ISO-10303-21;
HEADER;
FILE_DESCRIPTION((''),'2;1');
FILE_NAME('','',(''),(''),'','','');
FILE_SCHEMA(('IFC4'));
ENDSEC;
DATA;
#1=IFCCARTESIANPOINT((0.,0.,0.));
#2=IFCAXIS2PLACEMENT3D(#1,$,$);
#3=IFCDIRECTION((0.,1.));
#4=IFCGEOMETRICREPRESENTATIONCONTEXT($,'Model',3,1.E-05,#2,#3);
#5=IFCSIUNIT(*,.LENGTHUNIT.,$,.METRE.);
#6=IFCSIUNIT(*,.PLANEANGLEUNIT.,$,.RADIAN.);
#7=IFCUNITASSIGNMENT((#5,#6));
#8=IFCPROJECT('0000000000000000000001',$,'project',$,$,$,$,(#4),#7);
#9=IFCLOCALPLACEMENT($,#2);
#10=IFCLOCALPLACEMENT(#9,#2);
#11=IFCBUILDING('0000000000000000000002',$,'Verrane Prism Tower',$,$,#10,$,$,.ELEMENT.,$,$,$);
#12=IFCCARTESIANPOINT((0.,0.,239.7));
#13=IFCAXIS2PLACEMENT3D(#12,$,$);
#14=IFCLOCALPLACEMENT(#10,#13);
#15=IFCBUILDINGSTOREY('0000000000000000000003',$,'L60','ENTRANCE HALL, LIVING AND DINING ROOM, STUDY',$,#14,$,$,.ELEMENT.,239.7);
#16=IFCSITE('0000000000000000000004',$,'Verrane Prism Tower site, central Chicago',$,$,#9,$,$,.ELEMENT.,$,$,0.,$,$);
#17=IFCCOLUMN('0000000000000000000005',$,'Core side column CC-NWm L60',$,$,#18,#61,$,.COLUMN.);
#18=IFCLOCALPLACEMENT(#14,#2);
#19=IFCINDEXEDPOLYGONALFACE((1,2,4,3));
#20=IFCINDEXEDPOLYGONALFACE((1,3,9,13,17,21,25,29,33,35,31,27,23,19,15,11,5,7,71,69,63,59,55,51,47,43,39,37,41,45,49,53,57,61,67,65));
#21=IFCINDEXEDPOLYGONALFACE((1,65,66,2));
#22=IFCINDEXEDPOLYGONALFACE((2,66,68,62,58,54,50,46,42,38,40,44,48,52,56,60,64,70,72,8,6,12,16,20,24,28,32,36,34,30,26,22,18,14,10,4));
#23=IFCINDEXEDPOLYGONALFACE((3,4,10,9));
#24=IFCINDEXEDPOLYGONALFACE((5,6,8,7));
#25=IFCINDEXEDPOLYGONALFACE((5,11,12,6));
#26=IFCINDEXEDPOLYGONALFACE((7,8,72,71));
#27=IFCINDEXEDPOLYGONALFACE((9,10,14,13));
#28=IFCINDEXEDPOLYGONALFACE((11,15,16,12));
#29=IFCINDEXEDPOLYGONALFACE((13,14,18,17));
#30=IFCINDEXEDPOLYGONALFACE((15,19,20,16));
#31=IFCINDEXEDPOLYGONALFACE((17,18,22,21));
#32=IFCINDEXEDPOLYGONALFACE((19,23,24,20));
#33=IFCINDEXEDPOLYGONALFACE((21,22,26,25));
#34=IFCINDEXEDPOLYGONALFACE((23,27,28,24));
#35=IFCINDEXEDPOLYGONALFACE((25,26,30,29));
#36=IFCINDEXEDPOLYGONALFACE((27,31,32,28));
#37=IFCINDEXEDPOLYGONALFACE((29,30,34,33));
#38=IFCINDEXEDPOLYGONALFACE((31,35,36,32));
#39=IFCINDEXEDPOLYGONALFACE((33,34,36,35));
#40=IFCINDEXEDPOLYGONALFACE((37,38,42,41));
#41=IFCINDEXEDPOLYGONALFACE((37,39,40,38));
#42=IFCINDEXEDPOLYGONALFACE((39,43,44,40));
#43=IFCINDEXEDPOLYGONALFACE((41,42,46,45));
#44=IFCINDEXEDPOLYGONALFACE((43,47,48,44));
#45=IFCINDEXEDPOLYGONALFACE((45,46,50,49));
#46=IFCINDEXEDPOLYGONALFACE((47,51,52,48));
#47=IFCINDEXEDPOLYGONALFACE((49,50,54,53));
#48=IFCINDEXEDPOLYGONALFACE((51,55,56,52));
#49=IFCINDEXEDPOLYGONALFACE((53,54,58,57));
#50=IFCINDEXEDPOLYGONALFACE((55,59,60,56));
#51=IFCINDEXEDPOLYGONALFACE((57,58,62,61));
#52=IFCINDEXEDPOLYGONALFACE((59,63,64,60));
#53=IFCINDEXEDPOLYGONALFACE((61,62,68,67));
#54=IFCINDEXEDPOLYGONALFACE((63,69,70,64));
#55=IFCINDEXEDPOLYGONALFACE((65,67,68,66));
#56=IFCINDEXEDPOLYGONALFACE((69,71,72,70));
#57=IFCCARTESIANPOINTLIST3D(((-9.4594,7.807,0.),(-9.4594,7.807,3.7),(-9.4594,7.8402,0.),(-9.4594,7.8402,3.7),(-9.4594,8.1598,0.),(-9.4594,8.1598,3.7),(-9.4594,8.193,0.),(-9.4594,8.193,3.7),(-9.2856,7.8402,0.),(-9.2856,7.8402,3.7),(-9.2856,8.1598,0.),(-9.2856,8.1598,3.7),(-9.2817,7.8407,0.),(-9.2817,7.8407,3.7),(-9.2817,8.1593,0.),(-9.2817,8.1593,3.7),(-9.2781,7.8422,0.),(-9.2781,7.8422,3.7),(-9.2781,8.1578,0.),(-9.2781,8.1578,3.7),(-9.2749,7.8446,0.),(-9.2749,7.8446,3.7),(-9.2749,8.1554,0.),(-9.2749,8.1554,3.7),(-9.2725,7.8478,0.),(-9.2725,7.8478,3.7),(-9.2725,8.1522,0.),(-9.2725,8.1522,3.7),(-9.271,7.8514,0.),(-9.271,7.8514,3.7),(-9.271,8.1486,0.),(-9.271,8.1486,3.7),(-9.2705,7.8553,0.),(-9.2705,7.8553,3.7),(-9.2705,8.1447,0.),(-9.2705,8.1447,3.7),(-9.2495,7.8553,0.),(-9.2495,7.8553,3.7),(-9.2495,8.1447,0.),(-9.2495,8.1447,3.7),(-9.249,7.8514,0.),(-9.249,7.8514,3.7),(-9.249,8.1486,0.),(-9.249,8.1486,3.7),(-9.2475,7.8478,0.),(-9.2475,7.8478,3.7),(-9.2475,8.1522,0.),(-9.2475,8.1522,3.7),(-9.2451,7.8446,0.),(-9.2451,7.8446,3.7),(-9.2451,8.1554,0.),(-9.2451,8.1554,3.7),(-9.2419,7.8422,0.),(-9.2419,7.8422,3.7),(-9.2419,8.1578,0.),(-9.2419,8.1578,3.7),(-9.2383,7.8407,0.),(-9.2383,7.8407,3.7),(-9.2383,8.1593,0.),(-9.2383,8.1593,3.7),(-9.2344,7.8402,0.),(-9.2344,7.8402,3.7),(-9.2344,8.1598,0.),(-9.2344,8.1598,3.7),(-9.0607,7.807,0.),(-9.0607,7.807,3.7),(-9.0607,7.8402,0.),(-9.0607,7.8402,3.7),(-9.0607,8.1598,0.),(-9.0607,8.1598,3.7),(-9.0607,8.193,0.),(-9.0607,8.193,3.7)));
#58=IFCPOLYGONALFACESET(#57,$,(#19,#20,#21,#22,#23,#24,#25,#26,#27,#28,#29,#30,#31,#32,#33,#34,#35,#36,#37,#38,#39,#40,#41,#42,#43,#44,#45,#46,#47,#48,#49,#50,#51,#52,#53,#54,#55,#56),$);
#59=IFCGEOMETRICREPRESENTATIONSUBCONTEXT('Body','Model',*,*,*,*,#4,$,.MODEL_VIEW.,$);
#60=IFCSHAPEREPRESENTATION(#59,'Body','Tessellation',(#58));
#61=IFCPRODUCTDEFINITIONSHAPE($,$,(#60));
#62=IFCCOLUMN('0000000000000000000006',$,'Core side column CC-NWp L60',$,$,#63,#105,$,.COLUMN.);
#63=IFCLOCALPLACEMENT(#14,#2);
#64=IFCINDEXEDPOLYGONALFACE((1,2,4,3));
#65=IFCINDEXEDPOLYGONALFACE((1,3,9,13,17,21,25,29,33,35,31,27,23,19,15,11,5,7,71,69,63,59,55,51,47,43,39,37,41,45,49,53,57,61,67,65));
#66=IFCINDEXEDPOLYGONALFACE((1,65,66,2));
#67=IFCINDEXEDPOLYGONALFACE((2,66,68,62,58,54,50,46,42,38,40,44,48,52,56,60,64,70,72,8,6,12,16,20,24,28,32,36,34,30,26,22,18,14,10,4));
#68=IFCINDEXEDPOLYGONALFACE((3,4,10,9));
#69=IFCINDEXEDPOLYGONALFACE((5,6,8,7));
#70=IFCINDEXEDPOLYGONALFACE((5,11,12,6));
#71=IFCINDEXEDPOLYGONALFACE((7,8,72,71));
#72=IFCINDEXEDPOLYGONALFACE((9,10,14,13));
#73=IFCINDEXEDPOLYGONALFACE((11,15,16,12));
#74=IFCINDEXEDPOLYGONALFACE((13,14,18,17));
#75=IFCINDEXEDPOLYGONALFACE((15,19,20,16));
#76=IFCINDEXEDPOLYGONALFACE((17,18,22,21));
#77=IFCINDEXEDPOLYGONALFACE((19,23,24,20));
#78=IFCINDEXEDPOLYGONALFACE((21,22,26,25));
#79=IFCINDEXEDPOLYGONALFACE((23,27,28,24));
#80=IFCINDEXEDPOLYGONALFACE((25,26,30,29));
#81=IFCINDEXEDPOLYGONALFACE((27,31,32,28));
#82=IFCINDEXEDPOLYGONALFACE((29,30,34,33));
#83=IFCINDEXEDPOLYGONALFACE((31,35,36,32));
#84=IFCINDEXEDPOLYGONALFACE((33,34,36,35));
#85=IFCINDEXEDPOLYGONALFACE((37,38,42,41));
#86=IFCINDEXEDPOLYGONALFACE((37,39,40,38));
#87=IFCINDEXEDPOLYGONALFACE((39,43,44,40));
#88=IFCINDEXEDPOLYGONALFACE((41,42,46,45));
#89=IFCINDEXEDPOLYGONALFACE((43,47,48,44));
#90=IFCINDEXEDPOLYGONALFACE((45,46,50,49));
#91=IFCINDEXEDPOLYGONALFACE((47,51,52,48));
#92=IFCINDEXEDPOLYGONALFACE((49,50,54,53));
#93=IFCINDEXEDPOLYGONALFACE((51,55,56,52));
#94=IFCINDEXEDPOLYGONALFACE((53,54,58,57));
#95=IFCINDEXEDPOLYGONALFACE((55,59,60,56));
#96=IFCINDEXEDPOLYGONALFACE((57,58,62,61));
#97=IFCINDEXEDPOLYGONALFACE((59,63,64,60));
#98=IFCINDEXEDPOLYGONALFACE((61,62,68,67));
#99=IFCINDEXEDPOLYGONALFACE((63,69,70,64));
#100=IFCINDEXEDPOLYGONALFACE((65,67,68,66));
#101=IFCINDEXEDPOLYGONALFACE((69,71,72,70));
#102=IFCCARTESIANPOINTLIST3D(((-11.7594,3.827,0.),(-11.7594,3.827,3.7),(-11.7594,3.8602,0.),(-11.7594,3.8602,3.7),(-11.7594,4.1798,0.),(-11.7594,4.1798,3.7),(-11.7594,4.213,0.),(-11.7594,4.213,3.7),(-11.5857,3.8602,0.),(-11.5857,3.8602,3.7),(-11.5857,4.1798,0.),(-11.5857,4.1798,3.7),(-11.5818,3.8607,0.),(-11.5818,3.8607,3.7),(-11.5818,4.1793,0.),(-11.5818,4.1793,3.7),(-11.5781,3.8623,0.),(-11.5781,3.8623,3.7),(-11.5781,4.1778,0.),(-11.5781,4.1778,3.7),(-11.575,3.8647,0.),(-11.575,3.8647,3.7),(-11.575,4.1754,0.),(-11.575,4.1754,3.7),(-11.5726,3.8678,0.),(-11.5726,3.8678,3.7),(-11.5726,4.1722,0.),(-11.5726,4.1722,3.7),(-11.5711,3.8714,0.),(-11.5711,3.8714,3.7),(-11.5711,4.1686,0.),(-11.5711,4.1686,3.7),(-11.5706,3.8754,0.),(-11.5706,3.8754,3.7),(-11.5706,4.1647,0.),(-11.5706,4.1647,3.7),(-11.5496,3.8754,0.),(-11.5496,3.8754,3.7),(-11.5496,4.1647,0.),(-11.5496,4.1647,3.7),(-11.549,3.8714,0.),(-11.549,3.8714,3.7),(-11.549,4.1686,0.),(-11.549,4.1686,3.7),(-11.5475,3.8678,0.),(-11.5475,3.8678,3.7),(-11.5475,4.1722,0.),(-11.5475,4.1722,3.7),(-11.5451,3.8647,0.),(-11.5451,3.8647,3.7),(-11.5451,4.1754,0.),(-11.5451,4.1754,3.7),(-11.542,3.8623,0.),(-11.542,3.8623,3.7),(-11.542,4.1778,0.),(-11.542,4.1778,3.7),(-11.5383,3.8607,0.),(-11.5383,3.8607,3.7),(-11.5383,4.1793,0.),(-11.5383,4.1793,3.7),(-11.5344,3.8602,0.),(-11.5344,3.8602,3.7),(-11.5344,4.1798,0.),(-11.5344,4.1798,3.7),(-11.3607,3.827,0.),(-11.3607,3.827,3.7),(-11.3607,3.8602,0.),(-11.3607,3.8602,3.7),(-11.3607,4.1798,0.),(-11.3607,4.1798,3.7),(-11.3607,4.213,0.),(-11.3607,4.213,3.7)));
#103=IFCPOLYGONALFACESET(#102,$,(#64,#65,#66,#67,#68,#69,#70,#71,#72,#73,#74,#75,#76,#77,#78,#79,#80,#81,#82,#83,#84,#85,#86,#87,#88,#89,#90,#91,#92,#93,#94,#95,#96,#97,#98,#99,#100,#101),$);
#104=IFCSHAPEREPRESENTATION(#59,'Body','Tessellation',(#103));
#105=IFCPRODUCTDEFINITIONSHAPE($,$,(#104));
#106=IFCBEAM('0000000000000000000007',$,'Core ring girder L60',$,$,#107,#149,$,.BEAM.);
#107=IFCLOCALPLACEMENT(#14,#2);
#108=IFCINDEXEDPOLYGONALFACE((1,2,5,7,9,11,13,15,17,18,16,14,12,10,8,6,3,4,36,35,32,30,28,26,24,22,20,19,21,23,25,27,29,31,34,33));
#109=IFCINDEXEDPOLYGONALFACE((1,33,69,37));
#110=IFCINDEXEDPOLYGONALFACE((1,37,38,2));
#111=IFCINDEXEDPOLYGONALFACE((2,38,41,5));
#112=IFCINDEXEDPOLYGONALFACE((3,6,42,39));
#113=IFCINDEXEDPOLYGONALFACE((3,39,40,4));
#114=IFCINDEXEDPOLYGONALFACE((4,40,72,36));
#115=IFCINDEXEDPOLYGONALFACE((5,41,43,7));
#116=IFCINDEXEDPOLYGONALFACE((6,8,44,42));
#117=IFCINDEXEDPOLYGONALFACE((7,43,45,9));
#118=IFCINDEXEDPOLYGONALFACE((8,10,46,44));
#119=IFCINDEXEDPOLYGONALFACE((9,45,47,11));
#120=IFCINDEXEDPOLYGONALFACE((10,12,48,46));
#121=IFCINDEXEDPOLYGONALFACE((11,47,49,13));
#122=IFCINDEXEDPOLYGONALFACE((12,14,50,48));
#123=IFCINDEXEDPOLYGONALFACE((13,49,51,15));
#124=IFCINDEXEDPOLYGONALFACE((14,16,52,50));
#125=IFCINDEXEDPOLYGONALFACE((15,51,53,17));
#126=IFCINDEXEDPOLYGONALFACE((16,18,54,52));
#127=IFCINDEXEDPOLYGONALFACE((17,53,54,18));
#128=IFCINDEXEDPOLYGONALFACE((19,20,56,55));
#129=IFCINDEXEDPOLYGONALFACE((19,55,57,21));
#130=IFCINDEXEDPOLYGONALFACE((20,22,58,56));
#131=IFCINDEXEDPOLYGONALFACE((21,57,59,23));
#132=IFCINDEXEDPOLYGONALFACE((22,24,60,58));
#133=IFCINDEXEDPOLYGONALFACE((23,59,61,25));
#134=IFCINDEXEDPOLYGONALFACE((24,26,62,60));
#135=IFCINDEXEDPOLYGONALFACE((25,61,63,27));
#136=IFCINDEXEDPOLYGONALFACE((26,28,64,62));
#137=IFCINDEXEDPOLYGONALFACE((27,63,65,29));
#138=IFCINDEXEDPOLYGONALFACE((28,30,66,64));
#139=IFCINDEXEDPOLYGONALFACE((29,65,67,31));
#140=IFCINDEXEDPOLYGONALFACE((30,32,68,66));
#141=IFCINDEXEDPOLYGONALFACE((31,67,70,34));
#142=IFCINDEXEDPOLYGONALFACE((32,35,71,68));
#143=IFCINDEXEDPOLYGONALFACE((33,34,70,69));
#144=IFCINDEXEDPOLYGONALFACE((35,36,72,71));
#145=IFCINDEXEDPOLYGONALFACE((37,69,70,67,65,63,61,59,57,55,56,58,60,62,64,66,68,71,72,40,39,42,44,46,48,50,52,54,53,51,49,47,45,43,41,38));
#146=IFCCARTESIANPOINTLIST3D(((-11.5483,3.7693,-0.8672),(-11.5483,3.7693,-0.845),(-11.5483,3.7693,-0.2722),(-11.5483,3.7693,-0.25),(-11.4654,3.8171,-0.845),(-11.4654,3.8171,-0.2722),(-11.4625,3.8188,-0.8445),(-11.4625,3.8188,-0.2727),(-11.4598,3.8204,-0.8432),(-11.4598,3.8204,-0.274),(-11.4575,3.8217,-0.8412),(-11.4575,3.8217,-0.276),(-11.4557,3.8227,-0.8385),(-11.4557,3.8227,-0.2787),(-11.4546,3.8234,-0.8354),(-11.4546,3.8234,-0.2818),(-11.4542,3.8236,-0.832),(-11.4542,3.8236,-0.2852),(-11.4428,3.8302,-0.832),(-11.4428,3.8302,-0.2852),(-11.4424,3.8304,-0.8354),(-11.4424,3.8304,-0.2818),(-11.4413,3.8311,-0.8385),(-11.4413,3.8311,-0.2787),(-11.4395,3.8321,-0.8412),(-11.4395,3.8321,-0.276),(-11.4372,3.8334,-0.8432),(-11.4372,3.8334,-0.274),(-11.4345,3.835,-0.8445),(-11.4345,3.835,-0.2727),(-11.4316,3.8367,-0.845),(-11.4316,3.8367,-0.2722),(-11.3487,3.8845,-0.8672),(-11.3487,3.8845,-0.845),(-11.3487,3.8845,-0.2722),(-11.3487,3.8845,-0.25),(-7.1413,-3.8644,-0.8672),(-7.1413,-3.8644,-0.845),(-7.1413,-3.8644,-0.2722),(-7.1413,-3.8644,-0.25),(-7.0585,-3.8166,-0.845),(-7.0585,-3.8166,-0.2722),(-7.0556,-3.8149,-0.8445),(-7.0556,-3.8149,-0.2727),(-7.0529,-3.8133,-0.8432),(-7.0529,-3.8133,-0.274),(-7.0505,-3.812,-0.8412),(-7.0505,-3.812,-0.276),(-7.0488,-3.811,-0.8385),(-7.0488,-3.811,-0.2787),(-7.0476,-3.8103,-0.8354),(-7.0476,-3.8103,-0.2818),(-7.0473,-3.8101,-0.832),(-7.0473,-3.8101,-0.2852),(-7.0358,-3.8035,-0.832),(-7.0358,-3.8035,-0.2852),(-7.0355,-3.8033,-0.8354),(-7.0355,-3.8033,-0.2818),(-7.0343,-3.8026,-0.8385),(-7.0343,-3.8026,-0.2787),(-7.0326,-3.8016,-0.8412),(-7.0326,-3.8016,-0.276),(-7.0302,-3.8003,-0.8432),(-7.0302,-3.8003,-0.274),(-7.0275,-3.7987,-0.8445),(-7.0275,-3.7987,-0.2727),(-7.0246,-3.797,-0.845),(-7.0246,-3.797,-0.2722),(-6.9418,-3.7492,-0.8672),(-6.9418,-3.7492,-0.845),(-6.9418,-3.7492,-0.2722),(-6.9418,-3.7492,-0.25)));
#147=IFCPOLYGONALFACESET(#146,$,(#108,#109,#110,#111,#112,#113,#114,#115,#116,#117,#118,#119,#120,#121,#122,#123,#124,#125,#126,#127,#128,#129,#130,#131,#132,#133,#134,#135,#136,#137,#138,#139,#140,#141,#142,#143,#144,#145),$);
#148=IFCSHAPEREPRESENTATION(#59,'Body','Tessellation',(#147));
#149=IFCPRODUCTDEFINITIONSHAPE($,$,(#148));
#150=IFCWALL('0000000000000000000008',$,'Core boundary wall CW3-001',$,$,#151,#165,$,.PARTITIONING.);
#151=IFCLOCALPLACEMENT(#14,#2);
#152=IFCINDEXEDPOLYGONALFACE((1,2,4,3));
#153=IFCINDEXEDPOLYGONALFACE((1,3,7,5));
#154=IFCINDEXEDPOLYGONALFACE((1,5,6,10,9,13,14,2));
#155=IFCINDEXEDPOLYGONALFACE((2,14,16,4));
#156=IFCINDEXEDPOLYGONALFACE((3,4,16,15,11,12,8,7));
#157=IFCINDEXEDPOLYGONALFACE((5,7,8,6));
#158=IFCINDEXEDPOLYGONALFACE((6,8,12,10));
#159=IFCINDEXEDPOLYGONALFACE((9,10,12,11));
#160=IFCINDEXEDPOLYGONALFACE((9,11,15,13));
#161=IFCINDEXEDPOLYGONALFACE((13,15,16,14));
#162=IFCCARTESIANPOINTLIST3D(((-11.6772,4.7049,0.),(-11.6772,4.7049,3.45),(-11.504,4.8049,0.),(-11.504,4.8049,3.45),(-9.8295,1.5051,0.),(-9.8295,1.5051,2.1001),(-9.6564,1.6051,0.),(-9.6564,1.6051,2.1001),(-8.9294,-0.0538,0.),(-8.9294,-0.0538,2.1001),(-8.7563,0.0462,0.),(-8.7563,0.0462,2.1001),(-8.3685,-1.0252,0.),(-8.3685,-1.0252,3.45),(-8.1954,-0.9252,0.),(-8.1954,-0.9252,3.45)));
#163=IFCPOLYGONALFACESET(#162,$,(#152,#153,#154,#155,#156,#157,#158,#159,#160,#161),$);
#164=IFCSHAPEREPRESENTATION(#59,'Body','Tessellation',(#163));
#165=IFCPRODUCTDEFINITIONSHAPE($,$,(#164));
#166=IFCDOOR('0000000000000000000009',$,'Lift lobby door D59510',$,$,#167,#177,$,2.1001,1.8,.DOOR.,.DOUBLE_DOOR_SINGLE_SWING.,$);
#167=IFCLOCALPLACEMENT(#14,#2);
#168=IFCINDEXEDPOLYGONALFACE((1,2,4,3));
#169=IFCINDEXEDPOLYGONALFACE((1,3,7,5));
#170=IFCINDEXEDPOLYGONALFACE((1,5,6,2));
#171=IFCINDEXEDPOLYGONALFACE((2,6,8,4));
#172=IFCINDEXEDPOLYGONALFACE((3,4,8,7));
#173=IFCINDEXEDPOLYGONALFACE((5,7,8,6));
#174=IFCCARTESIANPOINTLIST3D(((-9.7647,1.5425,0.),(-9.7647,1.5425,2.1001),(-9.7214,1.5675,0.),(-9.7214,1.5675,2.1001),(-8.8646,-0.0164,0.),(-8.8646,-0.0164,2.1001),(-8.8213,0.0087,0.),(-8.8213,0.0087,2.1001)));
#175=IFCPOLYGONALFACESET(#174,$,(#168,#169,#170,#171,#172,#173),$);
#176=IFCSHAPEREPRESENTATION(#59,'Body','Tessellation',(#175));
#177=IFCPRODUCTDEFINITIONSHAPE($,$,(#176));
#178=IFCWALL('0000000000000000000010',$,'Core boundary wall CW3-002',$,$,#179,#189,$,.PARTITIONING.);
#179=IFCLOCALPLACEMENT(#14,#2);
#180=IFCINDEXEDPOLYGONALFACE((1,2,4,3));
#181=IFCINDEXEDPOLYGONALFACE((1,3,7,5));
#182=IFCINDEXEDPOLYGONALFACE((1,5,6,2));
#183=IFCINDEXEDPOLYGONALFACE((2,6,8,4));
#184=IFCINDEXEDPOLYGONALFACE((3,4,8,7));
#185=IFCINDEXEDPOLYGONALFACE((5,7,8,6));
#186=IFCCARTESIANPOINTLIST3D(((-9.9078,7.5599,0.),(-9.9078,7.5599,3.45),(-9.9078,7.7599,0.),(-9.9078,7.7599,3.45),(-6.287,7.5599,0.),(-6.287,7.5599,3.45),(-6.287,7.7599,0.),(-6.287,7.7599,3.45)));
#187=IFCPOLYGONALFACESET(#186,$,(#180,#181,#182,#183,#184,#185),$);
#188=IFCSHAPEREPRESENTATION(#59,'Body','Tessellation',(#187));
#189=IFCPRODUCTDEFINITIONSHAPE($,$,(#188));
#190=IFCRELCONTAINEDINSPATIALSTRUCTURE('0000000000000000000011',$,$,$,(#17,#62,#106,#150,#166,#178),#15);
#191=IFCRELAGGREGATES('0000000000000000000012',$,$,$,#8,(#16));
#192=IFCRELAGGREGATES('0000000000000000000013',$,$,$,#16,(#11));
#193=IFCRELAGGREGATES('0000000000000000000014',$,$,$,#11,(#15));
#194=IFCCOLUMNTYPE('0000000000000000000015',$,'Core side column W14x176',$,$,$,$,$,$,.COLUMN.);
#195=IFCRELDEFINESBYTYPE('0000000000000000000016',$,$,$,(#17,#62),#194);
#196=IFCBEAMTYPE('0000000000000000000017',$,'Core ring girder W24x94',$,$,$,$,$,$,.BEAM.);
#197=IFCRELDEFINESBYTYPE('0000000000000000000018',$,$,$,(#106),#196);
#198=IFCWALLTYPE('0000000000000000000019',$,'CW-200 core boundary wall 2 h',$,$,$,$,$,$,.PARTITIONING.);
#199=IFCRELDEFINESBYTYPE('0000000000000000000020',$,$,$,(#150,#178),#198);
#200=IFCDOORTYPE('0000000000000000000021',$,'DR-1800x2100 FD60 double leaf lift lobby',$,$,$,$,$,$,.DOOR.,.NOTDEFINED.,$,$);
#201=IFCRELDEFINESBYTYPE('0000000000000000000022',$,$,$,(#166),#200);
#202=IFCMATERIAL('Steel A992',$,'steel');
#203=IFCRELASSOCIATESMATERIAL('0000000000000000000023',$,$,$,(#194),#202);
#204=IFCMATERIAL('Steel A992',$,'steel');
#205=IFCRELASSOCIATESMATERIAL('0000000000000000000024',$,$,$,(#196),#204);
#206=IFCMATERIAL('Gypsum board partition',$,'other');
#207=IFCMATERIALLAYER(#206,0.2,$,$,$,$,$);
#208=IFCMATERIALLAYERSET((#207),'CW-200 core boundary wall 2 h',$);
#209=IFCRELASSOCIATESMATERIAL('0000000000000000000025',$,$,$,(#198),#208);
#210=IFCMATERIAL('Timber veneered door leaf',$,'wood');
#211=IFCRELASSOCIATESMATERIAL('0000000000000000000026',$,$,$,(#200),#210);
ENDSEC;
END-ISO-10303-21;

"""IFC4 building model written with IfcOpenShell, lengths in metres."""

from ifc_helpers import new_model, si_unit, direction, frame, frame_2d, origin, origin_2d, place, context, subcontext, project, spatial, rectangle, i_section, extrude, material, layer, layer_set, material_profile, profile_set, type_object, element, fill, save


model = new_model("IFC4")

# Units and contexts
model_context = context("Model", 3, precision=1e-05, world=origin(), true_north=direction((0.0, 1.0)))
body_context = subcontext(model_context, "Body", "Model", "MODEL_VIEW")
ifc_project = project(units=[si_unit("LENGTHUNIT", "METRE"), si_unit("PLANEANGLEUNIT", "RADIAN")], contexts=[model_context])

# Site, building, storey
site_placement = place(None, origin())
site = spatial("IfcSite", under=ifc_project, at=site_placement, Name="Verrane Prism Tower site, central Chicago", CompositionType="ELEMENT", RefElevation=0.0)
building_placement = place(site_placement, origin())
building = spatial("IfcBuilding", under=site, at=building_placement, Name="Verrane Prism Tower", CompositionType="ELEMENT")
storey_placement = place(building_placement, frame((0.0, 0.0, 239.7)))
storey = spatial("IfcBuildingStorey", under=building, at=storey_placement, Name="L60", Description="ENTRANCE HALL, LIVING AND DINING ROOM, STUDY", CompositionType="ELEMENT", Elevation=239.7)

# Columns
ifc_material_1 = material(Name="Steel A992", Category="steel")
ifc_material_profile_1 = material_profile(ifc_material_1, i_section(OverallWidth=0.3987, OverallDepth=0.386, WebThickness=0.021, FlangeThickness=0.0332, FilletRadius=0.0151, at=origin_2d()), Name="W14x176")
ifc_profile_set_1 = profile_set([ifc_material_profile_1], Name="Steel A992")
column_type = type_object("IfcColumnType", Name="Core side column W14x176", PredefinedType="COLUMN", material=ifc_profile_set_1)
for number, where, z_axis, x_axis, name in (
    (1, (-9.26, 8.0, 0.0), (0.0, 0.0, 1.0), (1.0, 0.0, 0.0), "Core side column CC-NWm L60"),
    (2, (-11.5601, 4.02, 0.0), (0.0, 0.0, 1.0), (1.0, 0.0, 0.0), "Core side column CC-NWp L60"),
):
    element("IfcColumn", number, at=place(storey_placement, frame(where, z_axis=z_axis, x_axis=x_axis)), inside=storey, type_object=column_type, Name=name, PredefinedType="COLUMN", context=body_context, shape_type="SweptSolid", body=[
        extrude(i_section(OverallWidth=0.3987, OverallDepth=0.386, WebThickness=0.021, FlangeThickness=0.0332, FilletRadius=0.0151, at=origin_2d()), origin(), (0.0, 0.0, 1.0), 3.7),
    ])

# Beam
ifc_material_2 = material(Name="Steel A992", Category="steel")
ifc_material_profile_2 = material_profile(ifc_material_2, i_section(OverallWidth=0.2305, OverallDepth=0.6172, WebThickness=0.0132, FlangeThickness=0.0222, FilletRadius=0.0129, at=origin_2d()), Name="W24x94")
ifc_profile_set_2 = profile_set([ifc_material_profile_2], Name="Steel A992")
beam_type = type_object("IfcBeamType", Name="Core ring girder W24x94", PredefinedType="BEAM", material=ifc_profile_set_2)
beam_placement = place(storey_placement, frame((-11.4485, 3.8269, -0.5586), z_axis=(0.499967, -0.866044, 0.0), x_axis=(0.866044, 0.499967, 0.0)))
element("IfcBeam", 3, at=beam_placement, inside=storey, type_object=beam_type, Name="Core ring girder L60", PredefinedType="BEAM", context=body_context, shape_type="SweptSolid", body=[
    extrude(i_section(OverallWidth=0.2305, OverallDepth=0.6172, WebThickness=0.0132, FlangeThickness=0.0222, FilletRadius=0.0129, at=origin_2d()), origin(), (0.0, 0.0, 1.0), 8.8145),
])

# Wall, opening, door
ifc_material_3 = material(Name="Gypsum board partition", Category="other")
ifc_layer_1 = layer(ifc_material_3, 0.2)
ifc_layer_set_1 = layer_set([ifc_layer_1], Name="CW-200 core boundary wall 2 h")
wall_type_1 = type_object("IfcWallType", Name="CW-200 core boundary wall 2 h", PredefinedType="PARTITIONING", material=ifc_layer_set_1)
wall_1_placement = place(storey_placement, frame((-11.5906, 4.7549, 0.0), z_axis=(0.0, 0.0, 1.0), x_axis=(0.500044, -0.866, 0.0)))
wall_1 = element("IfcWall", 4, at=wall_1_placement, inside=storey, type_object=wall_type_1, Name="Core boundary wall CW3-001", PredefinedType="PARTITIONING", context=body_context, shape_type="SweptSolid", body=[
    extrude(rectangle(XDim=6.6167, YDim=0.2, at=frame_2d((3.3083, 0.0))), origin(), (0.0, 0.0, 1.0), 3.45),
])
opening_1_placement = place(wall_1_placement, frame((3.6951, 0.0, 0.0)))
opening_1 = element("IfcOpeningElement", 5, at=opening_1_placement, cuts=wall_1, PredefinedType="OPENING", context=body_context, shape_type="SweptSolid", body=[
    extrude(rectangle(XDim=1.8, YDim=2.1001, at=frame_2d((0.8999, 1.05))), frame((0.0, 0.1099, 0.0), z_axis=(0.0, -1.0, 0.0), x_axis=(1.0, 0.0, 0.0)), (0.0, 0.0, 1.0), 0.22),
])
ifc_material_4 = material(Name="Timber veneered door leaf", Category="wood")
door_type_1 = type_object("IfcDoorType", Name="DR-1800x2100 FD60 double leaf lift lobby", OperationType="NOTDEFINED", PredefinedType="DOOR", material=ifc_material_4)
door_1_placement = place(opening_1_placement, origin())
door_1 = element("IfcDoor", 6, at=door_1_placement, inside=storey, type_object=door_type_1, Name="Lift lobby door D59510", OperationType="DOUBLE_DOOR_SINGLE_SWING", OverallHeight=2.1001, OverallWidth=1.8, PredefinedType="DOOR", context=body_context, shape_type="SweptSolid", body=[
    extrude(rectangle(XDim=1.8, YDim=2.1001, at=frame_2d((0.8999, 1.05))), frame((0.0, 0.0249, 0.0), z_axis=(0.0, -1.0, 0.0), x_axis=(1.0, 0.0, 0.0)), (0.0, 0.0, 1.0), 0.05),
])
fill(opening_1, door_1)

# Wall
wall_2_placement = place(storey_placement, frame((-9.908, 7.6599, 0.0), z_axis=(0.0, 0.0, 1.0), x_axis=(1.0, 0.0, 0.0)))
element("IfcWall", 7, at=wall_2_placement, inside=storey, type_object=wall_type_1, Name="Core boundary wall CW3-002", PredefinedType="PARTITIONING", context=body_context, shape_type="SweptSolid", body=[
    extrude(rectangle(XDim=3.6208, YDim=0.2, at=frame_2d((1.8105, 0.0))), origin(), (0.0, 0.0, 1.0), 3.45),
])

save(model, "model.ifc")
